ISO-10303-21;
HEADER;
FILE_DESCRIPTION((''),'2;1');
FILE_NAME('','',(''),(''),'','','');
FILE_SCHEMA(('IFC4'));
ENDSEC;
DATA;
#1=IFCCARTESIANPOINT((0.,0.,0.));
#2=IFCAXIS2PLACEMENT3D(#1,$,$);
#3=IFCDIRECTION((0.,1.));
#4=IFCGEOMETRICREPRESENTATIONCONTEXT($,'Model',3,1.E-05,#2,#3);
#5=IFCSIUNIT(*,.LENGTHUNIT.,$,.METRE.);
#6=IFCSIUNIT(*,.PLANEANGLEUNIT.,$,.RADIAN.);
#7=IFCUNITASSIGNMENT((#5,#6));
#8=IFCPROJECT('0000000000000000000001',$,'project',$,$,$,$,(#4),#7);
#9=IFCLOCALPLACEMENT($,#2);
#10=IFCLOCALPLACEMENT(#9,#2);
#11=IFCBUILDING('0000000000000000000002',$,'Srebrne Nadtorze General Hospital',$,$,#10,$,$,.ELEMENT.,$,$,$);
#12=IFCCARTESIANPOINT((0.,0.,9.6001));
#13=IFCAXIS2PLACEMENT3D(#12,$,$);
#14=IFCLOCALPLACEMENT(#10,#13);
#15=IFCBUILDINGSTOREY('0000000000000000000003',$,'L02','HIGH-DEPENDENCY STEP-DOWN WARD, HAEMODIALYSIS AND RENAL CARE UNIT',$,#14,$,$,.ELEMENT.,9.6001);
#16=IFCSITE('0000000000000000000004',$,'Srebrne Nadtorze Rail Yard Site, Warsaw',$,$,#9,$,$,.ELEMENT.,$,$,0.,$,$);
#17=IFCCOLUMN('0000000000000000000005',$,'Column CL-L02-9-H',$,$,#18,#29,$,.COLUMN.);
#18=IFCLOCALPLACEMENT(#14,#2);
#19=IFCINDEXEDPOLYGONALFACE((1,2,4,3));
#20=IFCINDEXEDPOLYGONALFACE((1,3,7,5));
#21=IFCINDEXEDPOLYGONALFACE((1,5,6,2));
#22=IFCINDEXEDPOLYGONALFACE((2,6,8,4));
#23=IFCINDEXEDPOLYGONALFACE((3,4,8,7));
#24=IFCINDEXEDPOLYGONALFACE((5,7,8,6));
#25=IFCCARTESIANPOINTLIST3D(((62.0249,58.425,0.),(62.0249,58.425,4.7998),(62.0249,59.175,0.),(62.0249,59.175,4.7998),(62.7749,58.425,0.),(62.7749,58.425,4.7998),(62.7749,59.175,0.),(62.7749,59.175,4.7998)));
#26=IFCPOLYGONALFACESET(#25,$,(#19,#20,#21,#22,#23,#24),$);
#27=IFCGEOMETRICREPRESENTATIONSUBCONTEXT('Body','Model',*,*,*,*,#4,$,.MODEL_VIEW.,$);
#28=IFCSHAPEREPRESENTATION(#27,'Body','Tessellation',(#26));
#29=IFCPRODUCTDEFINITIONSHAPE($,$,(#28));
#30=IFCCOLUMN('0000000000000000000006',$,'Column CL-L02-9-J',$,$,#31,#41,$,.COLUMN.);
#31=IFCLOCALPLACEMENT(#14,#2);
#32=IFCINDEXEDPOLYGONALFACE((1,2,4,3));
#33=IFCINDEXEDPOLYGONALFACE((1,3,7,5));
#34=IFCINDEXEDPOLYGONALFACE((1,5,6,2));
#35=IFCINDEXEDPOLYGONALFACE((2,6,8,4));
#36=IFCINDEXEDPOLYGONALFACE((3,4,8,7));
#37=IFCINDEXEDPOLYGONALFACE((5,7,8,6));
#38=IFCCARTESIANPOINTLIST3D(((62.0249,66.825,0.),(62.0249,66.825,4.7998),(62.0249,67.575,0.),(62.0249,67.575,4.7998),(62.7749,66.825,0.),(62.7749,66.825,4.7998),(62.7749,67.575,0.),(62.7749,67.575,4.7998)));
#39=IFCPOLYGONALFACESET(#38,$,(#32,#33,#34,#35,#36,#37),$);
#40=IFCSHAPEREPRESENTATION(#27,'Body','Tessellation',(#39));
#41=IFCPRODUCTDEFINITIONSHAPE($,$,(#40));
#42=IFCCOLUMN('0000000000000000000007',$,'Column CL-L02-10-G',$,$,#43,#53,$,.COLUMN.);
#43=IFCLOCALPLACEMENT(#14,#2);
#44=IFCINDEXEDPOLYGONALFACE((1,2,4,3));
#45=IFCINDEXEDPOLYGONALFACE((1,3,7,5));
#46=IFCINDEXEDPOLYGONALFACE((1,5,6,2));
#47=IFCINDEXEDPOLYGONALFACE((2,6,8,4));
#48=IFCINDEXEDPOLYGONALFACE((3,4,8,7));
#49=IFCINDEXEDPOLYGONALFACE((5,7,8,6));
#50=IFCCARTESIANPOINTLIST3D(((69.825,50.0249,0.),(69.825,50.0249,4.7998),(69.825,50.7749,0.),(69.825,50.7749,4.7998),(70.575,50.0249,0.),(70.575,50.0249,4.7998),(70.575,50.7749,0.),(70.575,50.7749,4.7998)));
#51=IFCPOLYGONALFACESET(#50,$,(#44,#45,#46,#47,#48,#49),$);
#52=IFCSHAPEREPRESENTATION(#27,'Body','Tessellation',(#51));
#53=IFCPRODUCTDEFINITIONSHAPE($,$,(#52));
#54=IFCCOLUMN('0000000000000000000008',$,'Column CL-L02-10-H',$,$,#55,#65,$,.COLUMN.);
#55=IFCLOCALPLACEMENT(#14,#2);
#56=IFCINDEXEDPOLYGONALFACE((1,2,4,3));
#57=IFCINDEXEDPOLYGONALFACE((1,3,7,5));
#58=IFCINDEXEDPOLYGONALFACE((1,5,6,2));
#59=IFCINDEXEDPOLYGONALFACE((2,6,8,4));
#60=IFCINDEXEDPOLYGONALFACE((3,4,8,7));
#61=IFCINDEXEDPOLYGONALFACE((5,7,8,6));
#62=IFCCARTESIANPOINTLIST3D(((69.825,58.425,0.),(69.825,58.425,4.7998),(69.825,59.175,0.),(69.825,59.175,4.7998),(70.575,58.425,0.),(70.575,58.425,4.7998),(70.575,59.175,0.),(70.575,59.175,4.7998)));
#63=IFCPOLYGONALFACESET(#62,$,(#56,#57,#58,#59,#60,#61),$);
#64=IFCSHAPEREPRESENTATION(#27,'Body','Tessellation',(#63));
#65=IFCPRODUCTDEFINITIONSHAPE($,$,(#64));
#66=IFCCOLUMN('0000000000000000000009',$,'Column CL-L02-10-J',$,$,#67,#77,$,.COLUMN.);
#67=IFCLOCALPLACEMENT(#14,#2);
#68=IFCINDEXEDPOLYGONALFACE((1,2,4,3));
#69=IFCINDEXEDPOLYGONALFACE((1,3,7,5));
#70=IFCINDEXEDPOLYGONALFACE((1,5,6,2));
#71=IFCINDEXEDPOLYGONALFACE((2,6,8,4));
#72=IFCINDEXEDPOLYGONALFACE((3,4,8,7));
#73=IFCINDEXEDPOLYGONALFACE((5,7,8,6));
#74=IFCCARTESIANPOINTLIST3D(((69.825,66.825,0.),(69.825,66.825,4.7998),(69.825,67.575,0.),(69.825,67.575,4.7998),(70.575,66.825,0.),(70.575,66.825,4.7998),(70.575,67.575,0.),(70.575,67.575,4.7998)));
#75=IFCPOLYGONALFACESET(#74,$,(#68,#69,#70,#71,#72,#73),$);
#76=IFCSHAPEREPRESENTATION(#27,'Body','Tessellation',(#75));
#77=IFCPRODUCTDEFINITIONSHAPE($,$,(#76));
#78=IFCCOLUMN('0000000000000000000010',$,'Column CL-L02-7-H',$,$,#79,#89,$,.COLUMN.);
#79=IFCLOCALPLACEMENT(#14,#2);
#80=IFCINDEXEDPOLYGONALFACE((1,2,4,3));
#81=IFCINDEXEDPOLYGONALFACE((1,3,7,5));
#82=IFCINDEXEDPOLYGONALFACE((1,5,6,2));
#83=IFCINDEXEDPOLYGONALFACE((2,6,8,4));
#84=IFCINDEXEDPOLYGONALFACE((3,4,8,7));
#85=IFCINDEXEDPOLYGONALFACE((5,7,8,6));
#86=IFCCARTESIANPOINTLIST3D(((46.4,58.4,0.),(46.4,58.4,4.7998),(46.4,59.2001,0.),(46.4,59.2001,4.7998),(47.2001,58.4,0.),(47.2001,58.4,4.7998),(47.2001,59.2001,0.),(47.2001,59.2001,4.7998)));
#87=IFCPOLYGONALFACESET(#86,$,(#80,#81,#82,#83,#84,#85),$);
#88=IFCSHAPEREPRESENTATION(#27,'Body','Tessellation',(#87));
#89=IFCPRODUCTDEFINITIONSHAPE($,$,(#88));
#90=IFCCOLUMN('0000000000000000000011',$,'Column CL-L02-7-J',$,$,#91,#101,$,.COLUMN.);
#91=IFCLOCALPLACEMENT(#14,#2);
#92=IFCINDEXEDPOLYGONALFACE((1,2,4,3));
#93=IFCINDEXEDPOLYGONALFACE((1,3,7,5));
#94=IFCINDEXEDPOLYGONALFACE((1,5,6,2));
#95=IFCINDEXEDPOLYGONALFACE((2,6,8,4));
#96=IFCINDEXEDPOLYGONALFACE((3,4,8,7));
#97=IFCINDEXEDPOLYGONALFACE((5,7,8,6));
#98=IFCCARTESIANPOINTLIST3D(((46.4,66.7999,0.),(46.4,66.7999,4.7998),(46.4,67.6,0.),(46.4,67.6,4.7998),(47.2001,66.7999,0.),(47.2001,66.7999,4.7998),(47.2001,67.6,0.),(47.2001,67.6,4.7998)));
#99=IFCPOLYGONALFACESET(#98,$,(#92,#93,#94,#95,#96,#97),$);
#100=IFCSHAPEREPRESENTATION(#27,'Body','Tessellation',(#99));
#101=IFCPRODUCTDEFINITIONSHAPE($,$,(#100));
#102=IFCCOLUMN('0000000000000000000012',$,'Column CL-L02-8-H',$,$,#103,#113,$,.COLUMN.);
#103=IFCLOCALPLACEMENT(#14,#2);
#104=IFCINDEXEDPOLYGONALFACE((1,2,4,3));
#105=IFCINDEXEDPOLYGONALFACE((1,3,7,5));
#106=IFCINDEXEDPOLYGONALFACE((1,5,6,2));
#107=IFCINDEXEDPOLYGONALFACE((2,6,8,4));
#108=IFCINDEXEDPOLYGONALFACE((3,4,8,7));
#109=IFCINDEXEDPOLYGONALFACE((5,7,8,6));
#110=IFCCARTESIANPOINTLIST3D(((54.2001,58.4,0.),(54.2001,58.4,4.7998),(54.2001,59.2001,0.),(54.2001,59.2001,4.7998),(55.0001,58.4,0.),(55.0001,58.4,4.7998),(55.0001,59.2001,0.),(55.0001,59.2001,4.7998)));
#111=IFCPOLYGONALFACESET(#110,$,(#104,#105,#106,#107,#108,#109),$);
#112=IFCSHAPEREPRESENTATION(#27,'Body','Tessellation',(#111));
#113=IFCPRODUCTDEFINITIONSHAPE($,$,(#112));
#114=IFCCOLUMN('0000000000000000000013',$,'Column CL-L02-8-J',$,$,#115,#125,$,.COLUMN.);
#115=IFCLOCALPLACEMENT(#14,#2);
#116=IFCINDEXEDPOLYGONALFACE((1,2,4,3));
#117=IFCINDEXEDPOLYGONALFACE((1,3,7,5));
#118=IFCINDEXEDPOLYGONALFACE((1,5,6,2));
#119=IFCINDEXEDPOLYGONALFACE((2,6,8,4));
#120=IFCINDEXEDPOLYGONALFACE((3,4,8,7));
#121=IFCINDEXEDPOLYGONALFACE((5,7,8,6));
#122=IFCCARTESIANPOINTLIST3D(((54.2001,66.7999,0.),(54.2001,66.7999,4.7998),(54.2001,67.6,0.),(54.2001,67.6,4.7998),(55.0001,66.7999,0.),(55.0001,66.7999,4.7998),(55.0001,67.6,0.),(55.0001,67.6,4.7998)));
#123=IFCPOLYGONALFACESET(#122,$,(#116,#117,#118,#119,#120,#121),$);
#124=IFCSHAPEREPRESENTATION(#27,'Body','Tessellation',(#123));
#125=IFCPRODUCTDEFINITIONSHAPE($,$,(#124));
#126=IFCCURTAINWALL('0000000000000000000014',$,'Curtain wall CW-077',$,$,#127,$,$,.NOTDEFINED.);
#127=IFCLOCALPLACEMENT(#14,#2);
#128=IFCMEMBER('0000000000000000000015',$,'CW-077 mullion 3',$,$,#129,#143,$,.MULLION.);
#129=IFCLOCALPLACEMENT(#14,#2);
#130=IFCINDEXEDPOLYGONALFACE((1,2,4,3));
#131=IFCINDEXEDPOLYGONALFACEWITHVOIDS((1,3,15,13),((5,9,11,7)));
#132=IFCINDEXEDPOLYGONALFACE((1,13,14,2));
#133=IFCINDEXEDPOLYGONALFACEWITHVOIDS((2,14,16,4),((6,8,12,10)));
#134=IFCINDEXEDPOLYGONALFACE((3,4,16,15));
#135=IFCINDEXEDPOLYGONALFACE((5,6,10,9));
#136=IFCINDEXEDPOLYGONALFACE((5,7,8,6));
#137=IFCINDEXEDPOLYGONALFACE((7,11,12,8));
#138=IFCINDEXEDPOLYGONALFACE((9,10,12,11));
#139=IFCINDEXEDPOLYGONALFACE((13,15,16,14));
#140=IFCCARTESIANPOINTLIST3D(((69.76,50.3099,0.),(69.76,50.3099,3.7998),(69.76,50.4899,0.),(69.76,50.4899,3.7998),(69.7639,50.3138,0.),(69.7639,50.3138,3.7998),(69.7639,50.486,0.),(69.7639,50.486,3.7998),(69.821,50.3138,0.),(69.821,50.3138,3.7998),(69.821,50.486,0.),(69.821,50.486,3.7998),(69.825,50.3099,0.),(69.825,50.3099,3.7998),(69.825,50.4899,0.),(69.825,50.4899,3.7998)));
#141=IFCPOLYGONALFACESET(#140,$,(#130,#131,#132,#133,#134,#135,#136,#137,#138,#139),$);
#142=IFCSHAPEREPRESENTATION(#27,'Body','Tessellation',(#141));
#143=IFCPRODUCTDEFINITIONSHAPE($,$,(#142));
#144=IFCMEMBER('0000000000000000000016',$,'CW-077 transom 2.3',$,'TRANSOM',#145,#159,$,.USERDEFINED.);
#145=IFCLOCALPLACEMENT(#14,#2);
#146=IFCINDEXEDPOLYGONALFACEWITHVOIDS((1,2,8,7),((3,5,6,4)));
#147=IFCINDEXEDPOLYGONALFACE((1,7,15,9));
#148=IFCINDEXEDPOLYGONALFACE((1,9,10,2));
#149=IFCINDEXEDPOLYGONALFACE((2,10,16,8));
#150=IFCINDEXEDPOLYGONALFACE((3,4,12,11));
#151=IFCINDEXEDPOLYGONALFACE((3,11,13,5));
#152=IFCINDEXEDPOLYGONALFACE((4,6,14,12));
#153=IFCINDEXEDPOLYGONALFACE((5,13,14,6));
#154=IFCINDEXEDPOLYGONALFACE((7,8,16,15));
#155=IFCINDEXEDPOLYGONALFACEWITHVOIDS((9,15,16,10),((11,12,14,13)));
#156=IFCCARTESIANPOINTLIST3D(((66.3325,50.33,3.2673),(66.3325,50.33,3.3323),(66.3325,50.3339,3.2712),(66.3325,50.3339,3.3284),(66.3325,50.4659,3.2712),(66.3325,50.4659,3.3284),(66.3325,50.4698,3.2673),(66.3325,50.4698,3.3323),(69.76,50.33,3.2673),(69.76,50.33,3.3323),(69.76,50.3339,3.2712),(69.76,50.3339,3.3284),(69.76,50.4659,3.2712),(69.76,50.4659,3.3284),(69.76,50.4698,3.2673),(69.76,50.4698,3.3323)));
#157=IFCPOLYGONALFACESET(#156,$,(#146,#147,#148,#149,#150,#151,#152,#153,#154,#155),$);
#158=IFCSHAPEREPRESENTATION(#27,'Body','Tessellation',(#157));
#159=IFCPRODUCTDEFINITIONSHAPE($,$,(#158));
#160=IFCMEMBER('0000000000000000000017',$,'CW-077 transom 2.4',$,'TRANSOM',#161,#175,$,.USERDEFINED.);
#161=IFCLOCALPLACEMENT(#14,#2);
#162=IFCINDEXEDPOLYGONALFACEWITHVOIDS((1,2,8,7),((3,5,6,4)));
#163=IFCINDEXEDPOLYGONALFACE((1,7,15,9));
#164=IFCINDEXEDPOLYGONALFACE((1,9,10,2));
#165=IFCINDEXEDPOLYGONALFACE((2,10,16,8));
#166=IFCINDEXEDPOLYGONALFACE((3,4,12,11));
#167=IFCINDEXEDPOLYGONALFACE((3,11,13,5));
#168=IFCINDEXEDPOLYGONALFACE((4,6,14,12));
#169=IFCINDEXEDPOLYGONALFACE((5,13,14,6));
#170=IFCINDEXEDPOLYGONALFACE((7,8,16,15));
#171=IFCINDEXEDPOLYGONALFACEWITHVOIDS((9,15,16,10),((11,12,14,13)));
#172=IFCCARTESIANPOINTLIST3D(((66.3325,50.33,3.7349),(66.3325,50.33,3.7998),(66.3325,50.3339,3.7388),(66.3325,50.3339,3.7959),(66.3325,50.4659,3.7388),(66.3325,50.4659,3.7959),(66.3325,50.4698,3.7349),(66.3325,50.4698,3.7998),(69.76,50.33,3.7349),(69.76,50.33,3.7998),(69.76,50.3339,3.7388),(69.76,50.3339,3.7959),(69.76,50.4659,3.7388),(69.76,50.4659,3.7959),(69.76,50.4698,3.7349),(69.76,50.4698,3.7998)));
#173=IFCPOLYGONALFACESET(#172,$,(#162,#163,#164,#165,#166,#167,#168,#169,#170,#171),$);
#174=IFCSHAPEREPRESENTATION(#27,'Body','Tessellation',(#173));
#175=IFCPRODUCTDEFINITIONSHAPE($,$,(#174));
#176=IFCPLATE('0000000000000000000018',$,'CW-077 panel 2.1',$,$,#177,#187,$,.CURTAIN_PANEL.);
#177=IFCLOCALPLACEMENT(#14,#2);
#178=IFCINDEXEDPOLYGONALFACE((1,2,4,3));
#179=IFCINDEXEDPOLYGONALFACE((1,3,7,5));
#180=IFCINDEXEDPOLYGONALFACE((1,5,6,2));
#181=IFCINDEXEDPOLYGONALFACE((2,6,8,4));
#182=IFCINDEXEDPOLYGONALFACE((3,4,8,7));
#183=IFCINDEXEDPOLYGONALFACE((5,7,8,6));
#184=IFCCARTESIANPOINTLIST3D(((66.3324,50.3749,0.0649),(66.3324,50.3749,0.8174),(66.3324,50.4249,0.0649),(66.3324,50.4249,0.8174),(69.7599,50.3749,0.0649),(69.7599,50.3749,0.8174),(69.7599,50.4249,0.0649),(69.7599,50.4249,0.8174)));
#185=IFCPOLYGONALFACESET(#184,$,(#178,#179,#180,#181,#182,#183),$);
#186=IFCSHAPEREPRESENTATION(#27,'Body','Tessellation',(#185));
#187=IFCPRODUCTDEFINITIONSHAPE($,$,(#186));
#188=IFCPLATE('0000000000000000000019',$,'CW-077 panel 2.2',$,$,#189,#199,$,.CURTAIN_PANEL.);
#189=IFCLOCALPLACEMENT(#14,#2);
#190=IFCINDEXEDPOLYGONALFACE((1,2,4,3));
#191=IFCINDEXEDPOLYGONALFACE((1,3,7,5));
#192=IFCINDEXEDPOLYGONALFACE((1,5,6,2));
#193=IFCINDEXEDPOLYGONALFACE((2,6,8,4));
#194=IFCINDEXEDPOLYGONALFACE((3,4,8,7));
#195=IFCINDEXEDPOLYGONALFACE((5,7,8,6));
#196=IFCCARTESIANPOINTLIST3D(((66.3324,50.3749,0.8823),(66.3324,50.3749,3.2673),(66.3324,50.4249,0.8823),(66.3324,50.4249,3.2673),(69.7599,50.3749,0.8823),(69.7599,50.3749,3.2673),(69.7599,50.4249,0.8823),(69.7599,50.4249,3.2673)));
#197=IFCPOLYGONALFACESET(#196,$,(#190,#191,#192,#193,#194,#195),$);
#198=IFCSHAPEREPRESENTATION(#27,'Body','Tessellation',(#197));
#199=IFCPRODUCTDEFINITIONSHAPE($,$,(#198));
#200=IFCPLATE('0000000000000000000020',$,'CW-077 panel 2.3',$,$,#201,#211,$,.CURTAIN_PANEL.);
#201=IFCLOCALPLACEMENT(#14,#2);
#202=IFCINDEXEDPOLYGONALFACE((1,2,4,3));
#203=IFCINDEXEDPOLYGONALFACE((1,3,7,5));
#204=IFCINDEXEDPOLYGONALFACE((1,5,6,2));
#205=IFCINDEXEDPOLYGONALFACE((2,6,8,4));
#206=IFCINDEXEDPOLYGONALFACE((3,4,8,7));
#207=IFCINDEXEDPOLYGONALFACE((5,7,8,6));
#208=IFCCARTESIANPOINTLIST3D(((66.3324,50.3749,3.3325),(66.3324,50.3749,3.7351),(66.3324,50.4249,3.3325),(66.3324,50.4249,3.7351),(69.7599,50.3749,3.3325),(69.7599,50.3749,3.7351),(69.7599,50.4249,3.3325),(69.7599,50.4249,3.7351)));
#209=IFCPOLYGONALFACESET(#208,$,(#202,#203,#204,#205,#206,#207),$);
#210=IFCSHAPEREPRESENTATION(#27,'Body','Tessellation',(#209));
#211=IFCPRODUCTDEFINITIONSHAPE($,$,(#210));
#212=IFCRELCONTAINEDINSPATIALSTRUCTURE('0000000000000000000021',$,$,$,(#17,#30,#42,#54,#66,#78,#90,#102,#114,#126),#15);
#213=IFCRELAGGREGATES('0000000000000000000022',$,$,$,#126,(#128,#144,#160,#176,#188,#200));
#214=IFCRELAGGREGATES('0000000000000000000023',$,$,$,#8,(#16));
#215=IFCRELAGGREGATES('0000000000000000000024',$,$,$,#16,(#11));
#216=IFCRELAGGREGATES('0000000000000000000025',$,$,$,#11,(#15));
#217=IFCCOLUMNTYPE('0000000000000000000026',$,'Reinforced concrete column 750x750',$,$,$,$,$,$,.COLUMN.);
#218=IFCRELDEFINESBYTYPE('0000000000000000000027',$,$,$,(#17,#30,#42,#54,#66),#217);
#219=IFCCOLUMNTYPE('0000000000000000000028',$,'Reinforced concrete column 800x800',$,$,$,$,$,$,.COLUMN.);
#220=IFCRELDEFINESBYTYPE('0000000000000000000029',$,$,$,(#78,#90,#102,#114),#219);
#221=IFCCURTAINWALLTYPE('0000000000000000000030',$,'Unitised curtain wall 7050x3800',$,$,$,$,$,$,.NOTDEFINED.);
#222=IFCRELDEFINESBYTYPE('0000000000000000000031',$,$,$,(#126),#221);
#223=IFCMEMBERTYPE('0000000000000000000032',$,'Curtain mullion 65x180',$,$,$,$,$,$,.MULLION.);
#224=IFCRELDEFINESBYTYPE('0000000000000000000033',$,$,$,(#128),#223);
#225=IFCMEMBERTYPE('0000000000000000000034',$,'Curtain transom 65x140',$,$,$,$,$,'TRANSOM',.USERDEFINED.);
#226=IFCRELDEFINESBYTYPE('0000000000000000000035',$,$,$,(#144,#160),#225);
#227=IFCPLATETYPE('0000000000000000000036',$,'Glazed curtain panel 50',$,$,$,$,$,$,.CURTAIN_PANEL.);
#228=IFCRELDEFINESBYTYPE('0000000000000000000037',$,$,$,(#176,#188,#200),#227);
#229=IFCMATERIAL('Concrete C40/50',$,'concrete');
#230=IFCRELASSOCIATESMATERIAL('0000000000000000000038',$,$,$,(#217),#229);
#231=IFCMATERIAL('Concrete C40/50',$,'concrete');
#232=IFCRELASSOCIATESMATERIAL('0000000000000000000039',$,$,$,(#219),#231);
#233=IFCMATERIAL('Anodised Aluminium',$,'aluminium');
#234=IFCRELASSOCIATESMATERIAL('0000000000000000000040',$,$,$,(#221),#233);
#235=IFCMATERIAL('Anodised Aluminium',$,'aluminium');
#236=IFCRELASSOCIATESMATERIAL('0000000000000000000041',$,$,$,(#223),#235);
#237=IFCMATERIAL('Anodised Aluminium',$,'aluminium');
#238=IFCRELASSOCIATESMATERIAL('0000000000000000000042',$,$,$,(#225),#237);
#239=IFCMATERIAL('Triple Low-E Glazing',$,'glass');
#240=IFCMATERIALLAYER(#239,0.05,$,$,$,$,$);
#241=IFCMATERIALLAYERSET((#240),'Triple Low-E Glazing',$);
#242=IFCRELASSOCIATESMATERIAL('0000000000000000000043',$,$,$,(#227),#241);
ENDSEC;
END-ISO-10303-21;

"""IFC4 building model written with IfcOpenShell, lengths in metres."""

from ifc_helpers import new_model, si_unit, direction, frame, origin, origin_2d, place, context, subcontext, project, spatial, rectangle, hollow_rectangle, extrude, material, layer, layer_set, material_profile, profile_set, type_object, element, aggregate, save


model = new_model("IFC4")

# Units and contexts
model_context = context("Model", 3, precision=1e-05, world=origin(), true_north=direction((0.0, 1.0)))
body_context = subcontext(model_context, "Body", "Model", "MODEL_VIEW")
ifc_project = project(units=[si_unit("LENGTHUNIT", "METRE"), si_unit("PLANEANGLEUNIT", "RADIAN")], contexts=[model_context])

# Site, building, storey
site_placement = place(None, origin())
site = spatial("IfcSite", under=ifc_project, at=site_placement, Name="Srebrne Nadtorze Rail Yard Site, Warsaw", CompositionType="ELEMENT", RefElevation=0.0)
building_placement = place(site_placement, origin())
building = spatial("IfcBuilding", under=site, at=building_placement, Name="Srebrne Nadtorze General Hospital", CompositionType="ELEMENT")
storey_placement = place(building_placement, frame((0.0, 0.0, 9.6001)))
storey = spatial("IfcBuildingStorey", under=building, at=storey_placement, Name="L02", Description="HIGH-DEPENDENCY STEP-DOWN WARD, HAEMODIALYSIS AND RENAL CARE UNIT", CompositionType="ELEMENT", Elevation=9.6001)

# Columns
ifc_material_1 = material(Name="Concrete C40/50", Category="concrete")
ifc_material_profile_1 = material_profile(ifc_material_1, rectangle(XDim=0.75, YDim=0.75, at=origin_2d()), Name="RC-COL-750x750")
ifc_profile_set_1 = profile_set([ifc_material_profile_1], Name="Concrete C40/50")
column_type_1 = type_object("IfcColumnType", Name="Reinforced concrete column 750x750", PredefinedType="COLUMN", material=ifc_profile_set_1)
for number, where, z_axis, x_axis, name in (
    (1, (62.3999, 58.8, 0.0), (0.0, 0.0, 1.0), (1.0, 0.0, 0.0), "Column CL-L02-9-H"),
    (2, (62.3999, 67.2, 0.0), (0.0, 0.0, 1.0), (1.0, 0.0, 0.0), "Column CL-L02-9-J"),
    (3, (70.2, 50.3999, 0.0), (0.0, 0.0, 1.0), (1.0, 0.0, 0.0), "Column CL-L02-10-G"),
    (4, (70.2, 58.8, 0.0), (0.0, 0.0, 1.0), (1.0, 0.0, 0.0), "Column CL-L02-10-H"),
    (5, (70.2, 67.2, 0.0), (0.0, 0.0, 1.0), (1.0, 0.0, 0.0), "Column CL-L02-10-J"),
):
    element("IfcColumn", number, at=place(storey_placement, frame(where, z_axis=z_axis, x_axis=x_axis)), inside=storey, type_object=column_type_1, Name=name, PredefinedType="COLUMN", context=body_context, shape_type="SweptSolid", body=[
        extrude(rectangle(XDim=0.75, YDim=0.75, at=origin_2d()), origin(), (0.0, 0.0, 1.0), 4.7998),
    ])
ifc_material_2 = material(Name="Concrete C40/50", Category="concrete")
ifc_material_profile_2 = material_profile(ifc_material_2, rectangle(XDim=0.8, YDim=0.8, at=origin_2d()), Name="RC-COL-800x800")
ifc_profile_set_2 = profile_set([ifc_material_profile_2], Name="Concrete C40/50")
column_type_2 = type_object("IfcColumnType", Name="Reinforced concrete column 800x800", PredefinedType="COLUMN", material=ifc_profile_set_2)
for number, where, z_axis, x_axis, name in (
    (6, (46.8, 58.8, 0.0), (0.0, 0.0, 1.0), (1.0, 0.0, 0.0), "Column CL-L02-7-H"),
    (7, (46.8, 67.2, 0.0), (0.0, 0.0, 1.0), (1.0, 0.0, 0.0), "Column CL-L02-7-J"),
    (8, (54.6001, 58.8, 0.0), (0.0, 0.0, 1.0), (1.0, 0.0, 0.0), "Column CL-L02-8-H"),
    (9, (54.6001, 67.2, 0.0), (0.0, 0.0, 1.0), (1.0, 0.0, 0.0), "Column CL-L02-8-J"),
):
    element("IfcColumn", number, at=place(storey_placement, frame(where, z_axis=z_axis, x_axis=x_axis)), inside=storey, type_object=column_type_2, Name=name, PredefinedType="COLUMN", context=body_context, shape_type="SweptSolid", body=[
        extrude(rectangle(XDim=0.8, YDim=0.8, at=origin_2d()), origin(), (0.0, 0.0, 1.0), 4.7998),
    ])

# Curtain wall, members, plates
ifc_material_3 = material(Name="Anodised Aluminium", Category="aluminium")
curtain_wall_type = type_object("IfcCurtainWallType", Name="Unitised curtain wall 7050x3800", PredefinedType="NOTDEFINED", material=ifc_material_3)
curtain_wall_placement = place(storey_placement, origin())
curtain_wall = element("IfcCurtainWall", 10, at=curtain_wall_placement, inside=storey, type_object=curtain_wall_type, Name="Curtain wall CW-077", PredefinedType="NOTDEFINED")
ifc_material_4 = material(Name="Anodised Aluminium", Category="aluminium")
ifc_material_profile_3 = material_profile(ifc_material_4, hollow_rectangle(XDim=0.0649, YDim=0.1799, WallThickness=0.0039, at=origin_2d()), Name="AL-MUL-65x180")
ifc_profile_set_3 = profile_set([ifc_material_profile_3], Name="Anodised Aluminium")
member_type_1 = type_object("IfcMemberType", Name="Curtain mullion 65x180", PredefinedType="MULLION", material=ifc_profile_set_3)
member_1_placement = place(storey_placement, frame((69.7925, 50.3999, 0.0), z_axis=(0.0, 0.0, 1.0), x_axis=(1.0, 0.0, 0.0)))
member_1 = element("IfcMember", 11, at=member_1_placement, type_object=member_type_1, Name="CW-077 mullion 3", PredefinedType="MULLION", context=body_context, shape_type="SweptSolid", body=[
    extrude(hollow_rectangle(XDim=0.0649, YDim=0.1799, WallThickness=0.0039, at=origin_2d()), origin(), (0.0, 0.0, 1.0), 3.7998),
])
ifc_material_5 = material(Name="Anodised Aluminium", Category="aluminium")
ifc_material_profile_4 = material_profile(ifc_material_5, hollow_rectangle(XDim=0.0649, YDim=0.1399, WallThickness=0.0039, at=origin_2d()), Name="AL-TRN-65x140")
ifc_profile_set_4 = profile_set([ifc_material_profile_4], Name="Anodised Aluminium")
member_type_2 = type_object("IfcMemberType", Name="Curtain transom 65x140", ElementType="TRANSOM", PredefinedType="USERDEFINED", material=ifc_profile_set_4)
member_2_placement = place(storey_placement, frame((66.3325, 50.3999, 3.2998), z_axis=(1.0, 0.0, 0.0), x_axis=(0.0, 0.0, 1.0)))
member_2 = element("IfcMember", 12, at=member_2_placement, type_object=member_type_2, Name="CW-077 transom 2.3", ObjectType="TRANSOM", PredefinedType="USERDEFINED", context=body_context, shape_type="SweptSolid", body=[
    extrude(hollow_rectangle(XDim=0.0649, YDim=0.1399, WallThickness=0.0039, at=origin_2d()), origin(), (0.0, 0.0, 1.0), 3.4275),
])
member_3_placement = place(storey_placement, frame((66.3325, 50.3999, 3.7673), z_axis=(1.0, 0.0, 0.0), x_axis=(0.0, 0.0, 1.0)))
member_3 = element("IfcMember", 13, at=member_3_placement, type_object=member_type_2, Name="CW-077 transom 2.4", ObjectType="TRANSOM", PredefinedType="USERDEFINED", context=body_context, shape_type="SweptSolid", body=[
    extrude(hollow_rectangle(XDim=0.0649, YDim=0.1399, WallThickness=0.0039, at=origin_2d()), origin(), (0.0, 0.0, 1.0), 3.4275),
])
ifc_material_6 = material(Name="Triple Low-E Glazing", Category="glass")
ifc_layer_1 = layer(ifc_material_6, 0.05)
ifc_layer_set_1 = layer_set([ifc_layer_1], Name="Triple Low-E Glazing")
plate_type = type_object("IfcPlateType", Name="Glazed curtain panel 50", PredefinedType="CURTAIN_PANEL", material=ifc_layer_set_1)
plate_1_placement = place(storey_placement, frame((68.0461, 50.3999, 0.0649), z_axis=(0.0, 0.0, 1.0), x_axis=(1.0, 0.0, 0.0)))
plate_1 = element("IfcPlate", 14, at=plate_1_placement, type_object=plate_type, Name="CW-077 panel 2.1", PredefinedType="CURTAIN_PANEL", context=body_context, shape_type="SweptSolid", body=[
    extrude(rectangle(XDim=3.4275, YDim=0.05, at=origin_2d()), origin(), (0.0, 0.0, 1.0), 0.7524),
])
plate_2_placement = place(storey_placement, frame((68.0461, 50.3999, 0.8823), z_axis=(0.0, 0.0, 1.0), x_axis=(1.0, 0.0, 0.0)))
plate_2 = element("IfcPlate", 15, at=plate_2_placement, type_object=plate_type, Name="CW-077 panel 2.2", PredefinedType="CURTAIN_PANEL", context=body_context, shape_type="SweptSolid", body=[
    extrude(rectangle(XDim=3.4275, YDim=0.05, at=origin_2d()), origin(), (0.0, 0.0, 1.0), 2.385),
])
plate_3_placement = place(storey_placement, frame((68.0461, 50.3999, 3.3325), z_axis=(0.0, 0.0, 1.0), x_axis=(1.0, 0.0, 0.0)))
plate_3 = element("IfcPlate", 16, at=plate_3_placement, type_object=plate_type, Name="CW-077 panel 2.3", PredefinedType="CURTAIN_PANEL", context=body_context, shape_type="SweptSolid", body=[
    extrude(rectangle(XDim=3.4275, YDim=0.05, at=origin_2d()), origin(), (0.0, 0.0, 1.0), 0.4026),
])
aggregate(curtain_wall, [member_1, member_2, member_3, plate_1, plate_2, plate_3])

save(model, "model.ifc")
